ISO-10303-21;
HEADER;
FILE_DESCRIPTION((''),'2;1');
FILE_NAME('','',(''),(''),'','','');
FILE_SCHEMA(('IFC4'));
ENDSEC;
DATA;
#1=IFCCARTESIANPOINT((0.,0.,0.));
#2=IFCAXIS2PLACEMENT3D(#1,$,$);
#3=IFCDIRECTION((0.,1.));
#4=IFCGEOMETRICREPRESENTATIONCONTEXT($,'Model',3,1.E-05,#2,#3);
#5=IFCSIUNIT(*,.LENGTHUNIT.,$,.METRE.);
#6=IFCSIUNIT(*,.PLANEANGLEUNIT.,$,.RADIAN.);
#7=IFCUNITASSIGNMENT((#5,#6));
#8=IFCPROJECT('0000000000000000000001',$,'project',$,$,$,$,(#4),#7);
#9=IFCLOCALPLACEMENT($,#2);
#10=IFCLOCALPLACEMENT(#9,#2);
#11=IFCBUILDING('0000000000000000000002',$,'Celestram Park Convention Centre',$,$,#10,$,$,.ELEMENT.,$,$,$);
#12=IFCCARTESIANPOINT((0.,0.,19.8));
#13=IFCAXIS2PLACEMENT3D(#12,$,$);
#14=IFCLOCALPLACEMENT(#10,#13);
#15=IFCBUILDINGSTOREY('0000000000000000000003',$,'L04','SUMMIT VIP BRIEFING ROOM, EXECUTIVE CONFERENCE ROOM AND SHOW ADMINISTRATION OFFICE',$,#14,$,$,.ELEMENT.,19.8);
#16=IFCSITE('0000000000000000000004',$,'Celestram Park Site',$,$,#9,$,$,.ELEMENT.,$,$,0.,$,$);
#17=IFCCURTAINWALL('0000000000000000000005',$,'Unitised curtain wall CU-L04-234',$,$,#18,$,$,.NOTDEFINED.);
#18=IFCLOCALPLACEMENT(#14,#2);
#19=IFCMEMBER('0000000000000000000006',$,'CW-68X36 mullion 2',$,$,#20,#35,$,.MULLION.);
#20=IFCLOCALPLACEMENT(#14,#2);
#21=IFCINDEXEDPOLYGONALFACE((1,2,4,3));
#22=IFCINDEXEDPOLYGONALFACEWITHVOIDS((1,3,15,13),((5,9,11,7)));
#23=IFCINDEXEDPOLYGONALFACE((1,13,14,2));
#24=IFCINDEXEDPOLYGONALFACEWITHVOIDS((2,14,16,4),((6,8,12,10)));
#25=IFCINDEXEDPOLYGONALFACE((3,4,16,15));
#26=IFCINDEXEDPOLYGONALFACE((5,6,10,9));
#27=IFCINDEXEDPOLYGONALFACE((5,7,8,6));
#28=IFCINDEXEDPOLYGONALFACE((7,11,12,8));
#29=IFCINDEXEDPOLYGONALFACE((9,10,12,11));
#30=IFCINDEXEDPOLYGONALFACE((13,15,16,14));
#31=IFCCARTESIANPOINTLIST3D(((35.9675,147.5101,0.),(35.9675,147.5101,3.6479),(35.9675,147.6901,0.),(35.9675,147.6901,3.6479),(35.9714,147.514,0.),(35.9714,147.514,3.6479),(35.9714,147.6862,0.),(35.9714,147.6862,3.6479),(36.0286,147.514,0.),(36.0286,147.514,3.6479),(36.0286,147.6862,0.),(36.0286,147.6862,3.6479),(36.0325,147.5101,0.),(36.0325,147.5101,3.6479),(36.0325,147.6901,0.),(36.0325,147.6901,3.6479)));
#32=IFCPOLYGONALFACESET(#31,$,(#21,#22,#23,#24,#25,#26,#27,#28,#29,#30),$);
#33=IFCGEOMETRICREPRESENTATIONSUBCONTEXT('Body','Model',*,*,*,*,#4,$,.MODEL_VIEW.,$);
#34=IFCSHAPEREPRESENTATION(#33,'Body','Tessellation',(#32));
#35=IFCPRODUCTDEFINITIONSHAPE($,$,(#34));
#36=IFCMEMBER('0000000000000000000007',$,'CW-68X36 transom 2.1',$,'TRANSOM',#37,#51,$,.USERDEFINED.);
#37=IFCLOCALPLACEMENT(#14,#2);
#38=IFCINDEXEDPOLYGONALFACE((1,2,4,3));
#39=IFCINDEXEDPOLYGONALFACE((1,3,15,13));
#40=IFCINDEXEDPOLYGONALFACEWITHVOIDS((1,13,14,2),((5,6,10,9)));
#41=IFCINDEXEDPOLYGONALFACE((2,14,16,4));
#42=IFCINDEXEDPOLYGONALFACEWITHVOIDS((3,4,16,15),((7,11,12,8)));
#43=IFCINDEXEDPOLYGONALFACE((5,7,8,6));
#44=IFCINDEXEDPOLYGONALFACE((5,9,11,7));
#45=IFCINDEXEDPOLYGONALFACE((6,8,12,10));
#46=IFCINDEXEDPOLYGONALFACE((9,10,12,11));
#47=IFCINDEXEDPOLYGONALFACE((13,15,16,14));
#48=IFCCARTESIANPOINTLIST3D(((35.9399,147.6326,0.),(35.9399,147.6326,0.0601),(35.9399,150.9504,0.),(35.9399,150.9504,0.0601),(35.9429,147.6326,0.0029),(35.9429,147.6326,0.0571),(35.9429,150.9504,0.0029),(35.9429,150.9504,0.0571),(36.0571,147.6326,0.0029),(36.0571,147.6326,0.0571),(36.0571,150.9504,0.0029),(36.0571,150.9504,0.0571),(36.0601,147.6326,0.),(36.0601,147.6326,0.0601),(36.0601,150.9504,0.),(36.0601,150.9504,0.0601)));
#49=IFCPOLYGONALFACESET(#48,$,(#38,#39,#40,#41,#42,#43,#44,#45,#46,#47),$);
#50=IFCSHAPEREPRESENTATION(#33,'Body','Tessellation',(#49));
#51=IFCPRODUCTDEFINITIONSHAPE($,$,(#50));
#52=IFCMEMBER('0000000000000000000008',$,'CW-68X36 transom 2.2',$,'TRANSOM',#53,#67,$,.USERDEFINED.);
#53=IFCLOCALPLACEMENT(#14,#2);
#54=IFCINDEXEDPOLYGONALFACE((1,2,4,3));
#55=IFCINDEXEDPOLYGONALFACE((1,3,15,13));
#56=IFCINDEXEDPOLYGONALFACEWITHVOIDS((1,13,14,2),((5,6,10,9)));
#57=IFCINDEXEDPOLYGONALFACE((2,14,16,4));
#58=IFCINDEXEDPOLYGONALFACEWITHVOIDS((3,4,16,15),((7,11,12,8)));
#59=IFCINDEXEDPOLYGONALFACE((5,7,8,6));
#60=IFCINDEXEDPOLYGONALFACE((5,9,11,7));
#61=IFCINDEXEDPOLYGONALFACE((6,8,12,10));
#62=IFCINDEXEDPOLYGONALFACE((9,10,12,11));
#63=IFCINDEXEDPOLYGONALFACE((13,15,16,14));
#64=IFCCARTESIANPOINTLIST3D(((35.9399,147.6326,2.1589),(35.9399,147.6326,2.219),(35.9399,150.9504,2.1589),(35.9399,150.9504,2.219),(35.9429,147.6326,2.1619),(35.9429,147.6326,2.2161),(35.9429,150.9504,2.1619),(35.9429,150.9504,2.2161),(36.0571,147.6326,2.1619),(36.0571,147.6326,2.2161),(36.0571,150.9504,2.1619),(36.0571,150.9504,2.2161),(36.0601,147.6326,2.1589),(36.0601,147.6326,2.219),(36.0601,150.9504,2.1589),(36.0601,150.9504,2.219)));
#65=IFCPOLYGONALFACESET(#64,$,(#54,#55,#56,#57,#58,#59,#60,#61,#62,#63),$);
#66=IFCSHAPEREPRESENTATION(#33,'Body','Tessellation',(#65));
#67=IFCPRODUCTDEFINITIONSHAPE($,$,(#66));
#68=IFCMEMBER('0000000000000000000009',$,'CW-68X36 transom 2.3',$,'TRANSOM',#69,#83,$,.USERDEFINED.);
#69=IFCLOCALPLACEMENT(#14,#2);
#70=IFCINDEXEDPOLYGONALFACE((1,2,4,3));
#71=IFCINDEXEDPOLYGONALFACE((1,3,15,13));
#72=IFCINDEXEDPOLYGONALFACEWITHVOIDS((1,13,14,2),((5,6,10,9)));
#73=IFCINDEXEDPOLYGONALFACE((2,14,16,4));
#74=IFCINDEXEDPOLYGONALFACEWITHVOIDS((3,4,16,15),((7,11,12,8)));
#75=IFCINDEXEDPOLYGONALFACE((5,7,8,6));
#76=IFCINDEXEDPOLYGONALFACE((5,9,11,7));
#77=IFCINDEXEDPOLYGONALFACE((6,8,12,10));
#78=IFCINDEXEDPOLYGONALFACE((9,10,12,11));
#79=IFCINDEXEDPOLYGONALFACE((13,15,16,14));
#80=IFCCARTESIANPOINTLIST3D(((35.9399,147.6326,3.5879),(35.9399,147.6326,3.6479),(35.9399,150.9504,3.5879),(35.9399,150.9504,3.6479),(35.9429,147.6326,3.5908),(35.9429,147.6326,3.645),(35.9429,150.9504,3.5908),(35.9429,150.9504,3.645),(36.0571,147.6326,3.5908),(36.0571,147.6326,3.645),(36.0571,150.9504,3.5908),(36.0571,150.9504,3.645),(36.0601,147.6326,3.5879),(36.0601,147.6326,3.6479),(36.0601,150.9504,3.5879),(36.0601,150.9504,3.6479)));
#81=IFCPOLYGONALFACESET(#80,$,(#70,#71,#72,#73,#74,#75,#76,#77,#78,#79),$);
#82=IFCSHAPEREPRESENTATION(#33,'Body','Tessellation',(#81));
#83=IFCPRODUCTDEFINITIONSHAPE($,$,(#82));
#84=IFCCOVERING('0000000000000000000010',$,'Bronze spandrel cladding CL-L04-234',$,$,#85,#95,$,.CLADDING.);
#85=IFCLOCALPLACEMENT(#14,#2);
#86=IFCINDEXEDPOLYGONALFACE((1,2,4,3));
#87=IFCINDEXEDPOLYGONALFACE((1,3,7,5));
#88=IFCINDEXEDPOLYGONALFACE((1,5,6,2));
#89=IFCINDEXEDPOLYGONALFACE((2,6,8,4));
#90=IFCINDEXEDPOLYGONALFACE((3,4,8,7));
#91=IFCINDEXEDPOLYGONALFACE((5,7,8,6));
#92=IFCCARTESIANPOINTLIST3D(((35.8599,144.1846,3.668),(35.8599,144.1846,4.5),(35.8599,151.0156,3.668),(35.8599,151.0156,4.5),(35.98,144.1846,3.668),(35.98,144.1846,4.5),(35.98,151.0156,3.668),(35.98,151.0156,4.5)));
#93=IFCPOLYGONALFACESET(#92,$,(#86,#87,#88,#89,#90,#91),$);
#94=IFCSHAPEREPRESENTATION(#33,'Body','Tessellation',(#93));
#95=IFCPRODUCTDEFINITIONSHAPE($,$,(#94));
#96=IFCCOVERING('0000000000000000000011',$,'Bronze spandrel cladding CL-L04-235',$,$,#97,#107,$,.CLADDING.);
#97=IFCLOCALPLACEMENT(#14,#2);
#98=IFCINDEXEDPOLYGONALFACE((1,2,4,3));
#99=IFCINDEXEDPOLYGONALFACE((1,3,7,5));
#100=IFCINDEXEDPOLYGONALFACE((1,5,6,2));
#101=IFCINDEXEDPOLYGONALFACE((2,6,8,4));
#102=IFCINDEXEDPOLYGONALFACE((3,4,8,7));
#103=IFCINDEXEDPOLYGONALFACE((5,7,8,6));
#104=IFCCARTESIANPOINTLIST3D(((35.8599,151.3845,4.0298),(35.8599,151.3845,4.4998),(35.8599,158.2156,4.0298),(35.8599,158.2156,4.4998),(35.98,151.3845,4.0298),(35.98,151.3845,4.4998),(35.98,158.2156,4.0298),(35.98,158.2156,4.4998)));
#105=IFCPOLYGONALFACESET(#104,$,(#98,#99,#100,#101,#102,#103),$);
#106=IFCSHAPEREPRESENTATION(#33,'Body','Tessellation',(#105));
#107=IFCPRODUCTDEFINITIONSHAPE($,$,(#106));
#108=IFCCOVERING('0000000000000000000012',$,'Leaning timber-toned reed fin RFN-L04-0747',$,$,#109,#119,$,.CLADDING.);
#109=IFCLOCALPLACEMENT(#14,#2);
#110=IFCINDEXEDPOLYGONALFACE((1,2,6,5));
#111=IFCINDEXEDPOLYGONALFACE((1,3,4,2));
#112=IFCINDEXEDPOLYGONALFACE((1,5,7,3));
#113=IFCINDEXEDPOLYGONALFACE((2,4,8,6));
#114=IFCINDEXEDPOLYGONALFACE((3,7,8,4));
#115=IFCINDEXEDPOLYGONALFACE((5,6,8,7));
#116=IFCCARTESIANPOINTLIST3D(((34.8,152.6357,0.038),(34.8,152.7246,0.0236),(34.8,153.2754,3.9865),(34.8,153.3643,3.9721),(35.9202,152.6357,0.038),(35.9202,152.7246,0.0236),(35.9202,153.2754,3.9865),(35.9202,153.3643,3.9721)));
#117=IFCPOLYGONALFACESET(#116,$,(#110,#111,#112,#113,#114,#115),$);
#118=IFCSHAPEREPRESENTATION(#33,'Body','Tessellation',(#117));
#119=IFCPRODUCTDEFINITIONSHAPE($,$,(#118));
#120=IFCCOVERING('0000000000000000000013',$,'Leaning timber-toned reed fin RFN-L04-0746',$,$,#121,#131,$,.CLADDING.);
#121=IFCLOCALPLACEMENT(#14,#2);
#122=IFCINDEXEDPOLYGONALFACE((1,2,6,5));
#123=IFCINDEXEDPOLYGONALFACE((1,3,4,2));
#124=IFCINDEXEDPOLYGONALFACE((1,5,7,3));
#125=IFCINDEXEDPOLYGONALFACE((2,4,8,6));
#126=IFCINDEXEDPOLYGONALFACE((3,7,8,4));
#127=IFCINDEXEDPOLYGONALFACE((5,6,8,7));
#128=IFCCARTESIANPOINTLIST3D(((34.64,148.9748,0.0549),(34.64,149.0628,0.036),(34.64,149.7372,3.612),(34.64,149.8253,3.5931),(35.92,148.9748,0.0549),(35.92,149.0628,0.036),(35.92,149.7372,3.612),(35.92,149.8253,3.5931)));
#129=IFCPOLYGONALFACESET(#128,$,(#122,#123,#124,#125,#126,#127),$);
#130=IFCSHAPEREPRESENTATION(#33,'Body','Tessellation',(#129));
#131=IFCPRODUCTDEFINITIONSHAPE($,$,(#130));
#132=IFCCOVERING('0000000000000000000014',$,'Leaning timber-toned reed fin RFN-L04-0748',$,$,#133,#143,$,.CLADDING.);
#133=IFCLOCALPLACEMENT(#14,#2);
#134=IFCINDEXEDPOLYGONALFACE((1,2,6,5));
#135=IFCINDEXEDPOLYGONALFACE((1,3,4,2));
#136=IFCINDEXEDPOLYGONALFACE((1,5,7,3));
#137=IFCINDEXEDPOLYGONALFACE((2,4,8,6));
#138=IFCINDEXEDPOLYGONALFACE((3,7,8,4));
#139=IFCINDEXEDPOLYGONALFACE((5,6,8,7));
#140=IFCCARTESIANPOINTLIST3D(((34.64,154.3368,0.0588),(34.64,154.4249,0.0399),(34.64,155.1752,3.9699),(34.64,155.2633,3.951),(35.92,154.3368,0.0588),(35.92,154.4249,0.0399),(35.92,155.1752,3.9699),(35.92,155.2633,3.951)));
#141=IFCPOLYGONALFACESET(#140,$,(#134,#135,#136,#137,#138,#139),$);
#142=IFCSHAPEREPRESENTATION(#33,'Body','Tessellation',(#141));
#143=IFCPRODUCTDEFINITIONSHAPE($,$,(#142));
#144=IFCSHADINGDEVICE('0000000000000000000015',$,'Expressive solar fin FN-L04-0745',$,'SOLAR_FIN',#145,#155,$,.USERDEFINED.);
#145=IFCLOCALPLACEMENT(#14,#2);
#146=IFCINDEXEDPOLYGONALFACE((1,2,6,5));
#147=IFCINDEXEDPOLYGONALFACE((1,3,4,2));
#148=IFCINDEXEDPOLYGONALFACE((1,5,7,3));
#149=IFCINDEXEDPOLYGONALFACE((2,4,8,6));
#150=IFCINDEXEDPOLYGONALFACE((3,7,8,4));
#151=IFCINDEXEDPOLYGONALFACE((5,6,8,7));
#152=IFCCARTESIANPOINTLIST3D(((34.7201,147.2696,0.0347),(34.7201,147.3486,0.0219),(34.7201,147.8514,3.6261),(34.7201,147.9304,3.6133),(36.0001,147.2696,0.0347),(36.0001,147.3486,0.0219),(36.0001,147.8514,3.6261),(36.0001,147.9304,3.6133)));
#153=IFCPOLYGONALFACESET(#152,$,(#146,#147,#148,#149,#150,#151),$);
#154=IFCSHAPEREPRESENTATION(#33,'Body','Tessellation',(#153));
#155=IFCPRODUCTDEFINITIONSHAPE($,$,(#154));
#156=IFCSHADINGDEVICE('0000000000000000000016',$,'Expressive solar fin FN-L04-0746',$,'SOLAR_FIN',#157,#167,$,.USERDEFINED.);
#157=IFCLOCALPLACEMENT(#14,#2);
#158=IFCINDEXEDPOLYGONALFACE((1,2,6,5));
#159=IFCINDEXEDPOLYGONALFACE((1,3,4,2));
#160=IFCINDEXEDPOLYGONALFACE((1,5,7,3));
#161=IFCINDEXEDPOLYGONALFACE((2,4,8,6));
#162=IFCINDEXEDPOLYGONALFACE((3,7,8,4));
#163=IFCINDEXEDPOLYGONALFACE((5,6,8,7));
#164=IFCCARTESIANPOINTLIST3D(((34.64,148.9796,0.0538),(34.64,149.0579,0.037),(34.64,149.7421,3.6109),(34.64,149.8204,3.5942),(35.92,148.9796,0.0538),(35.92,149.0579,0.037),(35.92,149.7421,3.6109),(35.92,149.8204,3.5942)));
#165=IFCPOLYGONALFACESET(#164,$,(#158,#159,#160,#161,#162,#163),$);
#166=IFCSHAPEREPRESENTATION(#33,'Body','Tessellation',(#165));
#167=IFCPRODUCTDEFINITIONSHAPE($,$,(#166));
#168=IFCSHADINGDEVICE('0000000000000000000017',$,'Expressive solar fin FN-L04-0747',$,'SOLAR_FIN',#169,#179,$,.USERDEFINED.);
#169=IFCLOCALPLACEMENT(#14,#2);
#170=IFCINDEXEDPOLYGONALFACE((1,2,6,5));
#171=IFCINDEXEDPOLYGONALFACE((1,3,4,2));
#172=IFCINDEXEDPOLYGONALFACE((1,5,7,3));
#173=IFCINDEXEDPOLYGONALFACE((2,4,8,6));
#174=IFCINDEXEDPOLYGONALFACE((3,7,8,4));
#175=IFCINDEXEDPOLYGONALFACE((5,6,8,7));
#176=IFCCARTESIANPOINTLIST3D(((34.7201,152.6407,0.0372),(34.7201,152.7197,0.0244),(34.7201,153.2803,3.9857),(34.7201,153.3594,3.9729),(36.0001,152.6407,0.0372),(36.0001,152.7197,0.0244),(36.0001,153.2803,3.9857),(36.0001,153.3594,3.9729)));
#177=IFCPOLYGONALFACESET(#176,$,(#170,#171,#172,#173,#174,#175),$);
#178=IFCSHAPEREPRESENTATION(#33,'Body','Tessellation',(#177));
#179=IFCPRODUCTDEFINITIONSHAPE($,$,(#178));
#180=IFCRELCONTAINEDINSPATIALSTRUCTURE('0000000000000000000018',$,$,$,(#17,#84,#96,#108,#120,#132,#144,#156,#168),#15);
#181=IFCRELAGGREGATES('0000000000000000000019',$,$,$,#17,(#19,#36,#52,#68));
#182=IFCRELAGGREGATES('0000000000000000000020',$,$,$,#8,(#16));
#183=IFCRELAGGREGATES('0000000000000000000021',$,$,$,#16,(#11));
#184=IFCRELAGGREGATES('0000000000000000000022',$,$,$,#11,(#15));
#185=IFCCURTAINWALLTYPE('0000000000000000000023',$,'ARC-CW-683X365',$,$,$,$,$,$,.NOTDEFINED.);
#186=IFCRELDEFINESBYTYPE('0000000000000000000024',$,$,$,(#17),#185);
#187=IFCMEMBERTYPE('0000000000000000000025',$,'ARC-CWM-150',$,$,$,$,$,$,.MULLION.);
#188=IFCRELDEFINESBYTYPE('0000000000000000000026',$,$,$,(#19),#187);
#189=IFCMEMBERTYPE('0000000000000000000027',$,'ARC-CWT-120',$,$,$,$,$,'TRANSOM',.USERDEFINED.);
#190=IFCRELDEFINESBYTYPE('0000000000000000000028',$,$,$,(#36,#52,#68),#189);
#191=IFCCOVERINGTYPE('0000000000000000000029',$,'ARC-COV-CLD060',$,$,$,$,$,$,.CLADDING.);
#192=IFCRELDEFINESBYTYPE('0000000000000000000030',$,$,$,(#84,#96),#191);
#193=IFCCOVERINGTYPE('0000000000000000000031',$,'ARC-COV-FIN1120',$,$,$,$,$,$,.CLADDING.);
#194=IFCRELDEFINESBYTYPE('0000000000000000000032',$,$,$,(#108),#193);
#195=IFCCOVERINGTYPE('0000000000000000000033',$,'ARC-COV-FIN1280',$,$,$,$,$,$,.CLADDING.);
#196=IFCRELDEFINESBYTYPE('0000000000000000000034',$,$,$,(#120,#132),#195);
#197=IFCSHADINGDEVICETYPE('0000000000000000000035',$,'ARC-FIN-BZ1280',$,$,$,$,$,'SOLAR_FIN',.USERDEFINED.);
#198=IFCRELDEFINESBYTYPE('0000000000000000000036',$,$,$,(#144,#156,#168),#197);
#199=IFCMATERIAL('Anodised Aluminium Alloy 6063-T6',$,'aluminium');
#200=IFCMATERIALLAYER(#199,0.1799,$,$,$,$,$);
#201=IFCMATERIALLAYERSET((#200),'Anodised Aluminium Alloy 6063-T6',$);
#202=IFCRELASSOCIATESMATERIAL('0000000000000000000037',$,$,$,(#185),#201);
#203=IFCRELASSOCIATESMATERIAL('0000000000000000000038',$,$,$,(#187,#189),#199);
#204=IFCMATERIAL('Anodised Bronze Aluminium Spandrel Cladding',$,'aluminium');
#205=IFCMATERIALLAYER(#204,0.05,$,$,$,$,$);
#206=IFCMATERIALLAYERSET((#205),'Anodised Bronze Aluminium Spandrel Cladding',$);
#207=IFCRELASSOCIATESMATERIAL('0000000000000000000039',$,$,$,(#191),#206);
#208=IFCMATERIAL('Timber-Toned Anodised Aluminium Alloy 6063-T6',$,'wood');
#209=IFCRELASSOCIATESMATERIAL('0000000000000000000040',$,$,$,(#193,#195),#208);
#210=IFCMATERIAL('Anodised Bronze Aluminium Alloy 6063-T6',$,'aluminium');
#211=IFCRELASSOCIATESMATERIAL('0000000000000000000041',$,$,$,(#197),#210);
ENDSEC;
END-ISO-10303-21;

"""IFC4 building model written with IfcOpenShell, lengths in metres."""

from ifc_helpers import new_model, si_unit, direction, frame, origin, origin_2d, place, context, subcontext, project, spatial, rectangle, hollow_rectangle, extrude, material, layer, layer_set, material_profile, profile_set, type_object, element, aggregate, save


model = new_model("IFC4")

# Units and contexts
model_context = context("Model", 3, precision=1e-05, world=origin(), true_north=direction((0.0, 1.0)))
body_context = subcontext(model_context, "Body", "Model", "MODEL_VIEW")
ifc_project = project(units=[si_unit("LENGTHUNIT", "METRE"), si_unit("PLANEANGLEUNIT", "RADIAN")], contexts=[model_context])

# Site, building, storey
site_placement = place(None, origin())
site = spatial("IfcSite", under=ifc_project, at=site_placement, Name="Celestram Park Site", CompositionType="ELEMENT", RefElevation=0.0)
building_placement = place(site_placement, origin())
building = spatial("IfcBuilding", under=site, at=building_placement, Name="Celestram Park Convention Centre", CompositionType="ELEMENT")
storey_placement = place(building_placement, frame((0.0, 0.0, 19.8)))
storey = spatial("IfcBuildingStorey", under=building, at=storey_placement, Name="L04", Description="SUMMIT VIP BRIEFING ROOM, EXECUTIVE CONFERENCE ROOM AND SHOW ADMINISTRATION OFFICE", CompositionType="ELEMENT", Elevation=19.8)

# Curtain wall, members
ifc_material_1 = material(Name="Anodised Aluminium Alloy 6063-T6", Category="aluminium")
ifc_layer_1 = layer(ifc_material_1, 0.1799)
ifc_layer_set_1 = layer_set([ifc_layer_1], Name="Anodised Aluminium Alloy 6063-T6")
curtain_wall_type = type_object("IfcCurtainWallType", Name="ARC-CW-683X365", PredefinedType="NOTDEFINED", material=ifc_layer_set_1)
curtain_wall_placement = place(storey_placement, origin())
curtain_wall = element("IfcCurtainWall", 1, at=curtain_wall_placement, inside=storey, type_object=curtain_wall_type, Name="Unitised curtain wall CU-L04-234", PredefinedType="NOTDEFINED")
ifc_material_profile_1 = material_profile(ifc_material_1, hollow_rectangle(XDim=0.0649, YDim=0.1799, WallThickness=0.0039, at=origin_2d()), Name="ALU65X180X4")
ifc_profile_set_1 = profile_set([ifc_material_profile_1], Name="Anodised Aluminium Alloy 6063-T6")
member_type_1 = type_object("IfcMemberType", Name="ARC-CWM-150", PredefinedType="MULLION", material=ifc_profile_set_1)
member_1_placement = place(storey_placement, frame((36.0, 147.6001, 0.0), z_axis=(0.0, 0.0, 1.0), x_axis=(-1.0, 0.0, 0.0)))
member_1 = element("IfcMember", 2, at=member_1_placement, type_object=member_type_1, Name="CW-68X36 mullion 2", PredefinedType="MULLION", context=body_context, shape_type="SweptSolid", body=[
    extrude(hollow_rectangle(XDim=0.0649, YDim=0.1799, WallThickness=0.0039, at=origin_2d()), origin(), (0.0, 0.0, 1.0), 3.6479),
])
ifc_material_profile_2 = material_profile(ifc_material_1, hollow_rectangle(XDim=0.1201, YDim=0.0601, WallThickness=0.0029, at=origin_2d()), Name="ALU120X60X3")
ifc_profile_set_2 = profile_set([ifc_material_profile_2], Name="Anodised Aluminium Alloy 6063-T6")
member_type_2 = type_object("IfcMemberType", Name="ARC-CWT-120", ElementType="TRANSOM", PredefinedType="USERDEFINED", material=ifc_profile_set_2)
member_2_placement = place(storey_placement, frame((36.0, 147.6326, 0.03), z_axis=(0.0, 1.0, 0.0), x_axis=(-1.0, 0.0, 0.0)))
member_2 = element("IfcMember", 3, at=member_2_placement, type_object=member_type_2, Name="CW-68X36 transom 2.1", ObjectType="TRANSOM", PredefinedType="USERDEFINED", context=body_context, shape_type="SweptSolid", body=[
    extrude(hollow_rectangle(XDim=0.1201, YDim=0.0601, WallThickness=0.0029, at=origin_2d()), origin(), (0.0, 0.0, 1.0), 3.3179),
])
member_3_placement = place(storey_placement, frame((36.0, 147.6326, 2.189), z_axis=(0.0, 1.0, 0.0), x_axis=(-1.0, 0.0, 0.0)))
member_3 = element("IfcMember", 4, at=member_3_placement, type_object=member_type_2, Name="CW-68X36 transom 2.2", ObjectType="TRANSOM", PredefinedType="USERDEFINED", context=body_context, shape_type="SweptSolid", body=[
    extrude(hollow_rectangle(XDim=0.1201, YDim=0.0601, WallThickness=0.0029, at=origin_2d()), origin(), (0.0, 0.0, 1.0), 3.3179),
])
member_4_placement = place(storey_placement, frame((36.0, 147.6326, 3.6179), z_axis=(0.0, 1.0, 0.0), x_axis=(-1.0, 0.0, 0.0)))
member_4 = element("IfcMember", 5, at=member_4_placement, type_object=member_type_2, Name="CW-68X36 transom 2.3", ObjectType="TRANSOM", PredefinedType="USERDEFINED", context=body_context, shape_type="SweptSolid", body=[
    extrude(hollow_rectangle(XDim=0.1201, YDim=0.0601, WallThickness=0.0029, at=origin_2d()), origin(), (0.0, 0.0, 1.0), 3.3179),
])
aggregate(curtain_wall, [member_1, member_2, member_3, member_4])

# Coverings
ifc_material_2 = material(Name="Anodised Bronze Aluminium Spandrel Cladding", Category="aluminium")
ifc_layer_2 = layer(ifc_material_2, 0.05)
ifc_layer_set_2 = layer_set([ifc_layer_2], Name="Anodised Bronze Aluminium Spandrel Cladding")
covering_type_1 = type_object("IfcCoveringType", Name="ARC-COV-CLD060", PredefinedType="CLADDING", material=ifc_layer_set_2)
covering_1_placement = place(storey_placement, frame((35.9199, 147.6001, 3.668), z_axis=(0.0, 0.0, 1.0), x_axis=(0.0, 1.0, 0.0)))
element("IfcCovering", 6, at=covering_1_placement, inside=storey, type_object=covering_type_1, Name="Bronze spandrel cladding CL-L04-234", PredefinedType="CLADDING", context=body_context, shape_type="SweptSolid", body=[
    extrude(rectangle(XDim=6.8311, YDim=0.1201, at=origin_2d()), origin(), (0.0, 0.0, 1.0), 0.832),
])
covering_2_placement = place(storey_placement, frame((35.9199, 154.8, 4.0298), z_axis=(0.0, 0.0, 1.0), x_axis=(0.0, 1.0, 0.0)))
element("IfcCovering", 7, at=covering_2_placement, inside=storey, type_object=covering_type_1, Name="Bronze spandrel cladding CL-L04-235", PredefinedType="CLADDING", context=body_context, shape_type="SweptSolid", body=[
    extrude(rectangle(XDim=6.8311, YDim=0.1201, at=origin_2d()), origin(), (0.0, 0.0, 1.0), 0.47),
])
ifc_material_3 = material(Name="Timber-Toned Anodised Aluminium Alloy 6063-T6", Category="wood")
ifc_material_profile_3 = material_profile(ifc_material_3, rectangle(XDim=1.1201, YDim=0.0901, at=origin_2d()), Name="REED1120X90")
ifc_profile_set_3 = profile_set([ifc_material_profile_3], Name="Timber-Toned Anodised Aluminium Alloy 6063-T6")
covering_type_2 = type_object("IfcCoveringType", Name="ARC-COV-FIN1120", PredefinedType="CLADDING", material=ifc_profile_set_3)
covering_3_placement = place(storey_placement, frame((35.3601, 152.6802, 0.0308), z_axis=(0.0, 0.159914, 0.987131), x_axis=(-1.0, 0.0, 0.0)))
element("IfcCovering", 8, at=covering_3_placement, inside=storey, type_object=covering_type_2, Name="Leaning timber-toned reed fin RFN-L04-0747", PredefinedType="CLADDING", context=body_context, shape_type="SweptSolid", body=[
    extrude(rectangle(XDim=1.1201, YDim=0.0901, at=origin_2d()), origin(), (0.0, 0.0, 1.0), 4.0),
])
ifc_material_profile_4 = material_profile(ifc_material_3, rectangle(XDim=1.28, YDim=0.0901, at=origin_2d()), Name="REED1280X90")
ifc_profile_set_4 = profile_set([ifc_material_profile_4], Name="Timber-Toned Anodised Aluminium Alloy 6063-T6")
covering_type_3 = type_object("IfcCoveringType", Name="ARC-COV-FIN1280", PredefinedType="CLADDING", material=ifc_profile_set_4)
covering_4_placement = place(storey_placement, frame((35.28, 149.0188, 0.0454), z_axis=(0.0, 0.209584, 0.977791), x_axis=(-1.0, 0.0, 0.0)))
element("IfcCovering", 9, at=covering_4_placement, inside=storey, type_object=covering_type_3, Name="Leaning timber-toned reed fin RFN-L04-0746", PredefinedType="CLADDING", context=body_context, shape_type="SweptSolid", body=[
    extrude(rectangle(XDim=1.28, YDim=0.0901, at=origin_2d()), origin(), (0.0, 0.0, 1.0), 3.6379),
])
covering_5_placement = place(storey_placement, frame((35.28, 154.3809, 0.0493), z_axis=(0.0, 0.209596, 0.977788), x_axis=(-1.0, 0.0, 0.0)))
element("IfcCovering", 10, at=covering_5_placement, inside=storey, type_object=covering_type_3, Name="Leaning timber-toned reed fin RFN-L04-0748", PredefinedType="CLADDING", context=body_context, shape_type="SweptSolid", body=[
    extrude(rectangle(XDim=1.28, YDim=0.0901, at=origin_2d()), origin(), (0.0, 0.0, 1.0), 4.0),
])

# Shading devices
ifc_material_4 = material(Name="Anodised Bronze Aluminium Alloy 6063-T6", Category="aluminium")
ifc_material_profile_5 = material_profile(ifc_material_4, rectangle(XDim=1.28, YDim=0.0801, at=origin_2d()), Name="FIN1280X80")
ifc_profile_set_5 = profile_set([ifc_material_profile_5], Name="Anodised Bronze Aluminium Alloy 6063-T6")
shading_device_type = type_object("IfcShadingDeviceType", Name="ARC-FIN-BZ1280", ElementType="SOLAR_FIN", PredefinedType="USERDEFINED", material=ifc_profile_set_5)
shading_device_1_placement = place(storey_placement, frame((35.3601, 147.3091, 0.0283), z_axis=(0.0, 0.159914, 0.987131), x_axis=(-1.0, 0.0, 0.0)))
element("IfcShadingDevice", 11, at=shading_device_1_placement, inside=storey, type_object=shading_device_type, Name="Expressive solar fin FN-L04-0745", ObjectType="SOLAR_FIN", PredefinedType="USERDEFINED", context=body_context, shape_type="SweptSolid", body=[
    extrude(rectangle(XDim=1.28, YDim=0.0801, at=origin_2d()), origin(), (0.0, 0.0, 1.0), 3.6382),
])
shading_device_2_placement = place(storey_placement, frame((35.28, 149.0188, 0.0454), z_axis=(0.0, 0.209584, 0.977791), x_axis=(-1.0, 0.0, 0.0)))
element("IfcShadingDevice", 12, at=shading_device_2_placement, inside=storey, type_object=shading_device_type, Name="Expressive solar fin FN-L04-0746", ObjectType="SOLAR_FIN", PredefinedType="USERDEFINED", context=body_context, shape_type="SweptSolid", body=[
    extrude(rectangle(XDim=1.28, YDim=0.0801, at=origin_2d()), origin(), (0.0, 0.0, 1.0), 3.6379),
])
for number, where, z_axis, x_axis, name in (
    (13, (35.3601, 152.6802, 0.0308), (0.0, 0.159914, 0.987131), (-1.0, 0.0, 0.0), "Expressive solar fin FN-L04-0747"),
):
    element("IfcShadingDevice", number, at=place(storey_placement, frame(where, z_axis=z_axis, x_axis=x_axis)), inside=storey, type_object=shading_device_type, Name=name, ObjectType="SOLAR_FIN", PredefinedType="USERDEFINED", context=body_context, shape_type="SweptSolid", body=[
        extrude(rectangle(XDim=1.28, YDim=0.0801, at=origin_2d()), origin(), (0.0, 0.0, 1.0), 4.0),
    ])

save(model, "model.ifc")
